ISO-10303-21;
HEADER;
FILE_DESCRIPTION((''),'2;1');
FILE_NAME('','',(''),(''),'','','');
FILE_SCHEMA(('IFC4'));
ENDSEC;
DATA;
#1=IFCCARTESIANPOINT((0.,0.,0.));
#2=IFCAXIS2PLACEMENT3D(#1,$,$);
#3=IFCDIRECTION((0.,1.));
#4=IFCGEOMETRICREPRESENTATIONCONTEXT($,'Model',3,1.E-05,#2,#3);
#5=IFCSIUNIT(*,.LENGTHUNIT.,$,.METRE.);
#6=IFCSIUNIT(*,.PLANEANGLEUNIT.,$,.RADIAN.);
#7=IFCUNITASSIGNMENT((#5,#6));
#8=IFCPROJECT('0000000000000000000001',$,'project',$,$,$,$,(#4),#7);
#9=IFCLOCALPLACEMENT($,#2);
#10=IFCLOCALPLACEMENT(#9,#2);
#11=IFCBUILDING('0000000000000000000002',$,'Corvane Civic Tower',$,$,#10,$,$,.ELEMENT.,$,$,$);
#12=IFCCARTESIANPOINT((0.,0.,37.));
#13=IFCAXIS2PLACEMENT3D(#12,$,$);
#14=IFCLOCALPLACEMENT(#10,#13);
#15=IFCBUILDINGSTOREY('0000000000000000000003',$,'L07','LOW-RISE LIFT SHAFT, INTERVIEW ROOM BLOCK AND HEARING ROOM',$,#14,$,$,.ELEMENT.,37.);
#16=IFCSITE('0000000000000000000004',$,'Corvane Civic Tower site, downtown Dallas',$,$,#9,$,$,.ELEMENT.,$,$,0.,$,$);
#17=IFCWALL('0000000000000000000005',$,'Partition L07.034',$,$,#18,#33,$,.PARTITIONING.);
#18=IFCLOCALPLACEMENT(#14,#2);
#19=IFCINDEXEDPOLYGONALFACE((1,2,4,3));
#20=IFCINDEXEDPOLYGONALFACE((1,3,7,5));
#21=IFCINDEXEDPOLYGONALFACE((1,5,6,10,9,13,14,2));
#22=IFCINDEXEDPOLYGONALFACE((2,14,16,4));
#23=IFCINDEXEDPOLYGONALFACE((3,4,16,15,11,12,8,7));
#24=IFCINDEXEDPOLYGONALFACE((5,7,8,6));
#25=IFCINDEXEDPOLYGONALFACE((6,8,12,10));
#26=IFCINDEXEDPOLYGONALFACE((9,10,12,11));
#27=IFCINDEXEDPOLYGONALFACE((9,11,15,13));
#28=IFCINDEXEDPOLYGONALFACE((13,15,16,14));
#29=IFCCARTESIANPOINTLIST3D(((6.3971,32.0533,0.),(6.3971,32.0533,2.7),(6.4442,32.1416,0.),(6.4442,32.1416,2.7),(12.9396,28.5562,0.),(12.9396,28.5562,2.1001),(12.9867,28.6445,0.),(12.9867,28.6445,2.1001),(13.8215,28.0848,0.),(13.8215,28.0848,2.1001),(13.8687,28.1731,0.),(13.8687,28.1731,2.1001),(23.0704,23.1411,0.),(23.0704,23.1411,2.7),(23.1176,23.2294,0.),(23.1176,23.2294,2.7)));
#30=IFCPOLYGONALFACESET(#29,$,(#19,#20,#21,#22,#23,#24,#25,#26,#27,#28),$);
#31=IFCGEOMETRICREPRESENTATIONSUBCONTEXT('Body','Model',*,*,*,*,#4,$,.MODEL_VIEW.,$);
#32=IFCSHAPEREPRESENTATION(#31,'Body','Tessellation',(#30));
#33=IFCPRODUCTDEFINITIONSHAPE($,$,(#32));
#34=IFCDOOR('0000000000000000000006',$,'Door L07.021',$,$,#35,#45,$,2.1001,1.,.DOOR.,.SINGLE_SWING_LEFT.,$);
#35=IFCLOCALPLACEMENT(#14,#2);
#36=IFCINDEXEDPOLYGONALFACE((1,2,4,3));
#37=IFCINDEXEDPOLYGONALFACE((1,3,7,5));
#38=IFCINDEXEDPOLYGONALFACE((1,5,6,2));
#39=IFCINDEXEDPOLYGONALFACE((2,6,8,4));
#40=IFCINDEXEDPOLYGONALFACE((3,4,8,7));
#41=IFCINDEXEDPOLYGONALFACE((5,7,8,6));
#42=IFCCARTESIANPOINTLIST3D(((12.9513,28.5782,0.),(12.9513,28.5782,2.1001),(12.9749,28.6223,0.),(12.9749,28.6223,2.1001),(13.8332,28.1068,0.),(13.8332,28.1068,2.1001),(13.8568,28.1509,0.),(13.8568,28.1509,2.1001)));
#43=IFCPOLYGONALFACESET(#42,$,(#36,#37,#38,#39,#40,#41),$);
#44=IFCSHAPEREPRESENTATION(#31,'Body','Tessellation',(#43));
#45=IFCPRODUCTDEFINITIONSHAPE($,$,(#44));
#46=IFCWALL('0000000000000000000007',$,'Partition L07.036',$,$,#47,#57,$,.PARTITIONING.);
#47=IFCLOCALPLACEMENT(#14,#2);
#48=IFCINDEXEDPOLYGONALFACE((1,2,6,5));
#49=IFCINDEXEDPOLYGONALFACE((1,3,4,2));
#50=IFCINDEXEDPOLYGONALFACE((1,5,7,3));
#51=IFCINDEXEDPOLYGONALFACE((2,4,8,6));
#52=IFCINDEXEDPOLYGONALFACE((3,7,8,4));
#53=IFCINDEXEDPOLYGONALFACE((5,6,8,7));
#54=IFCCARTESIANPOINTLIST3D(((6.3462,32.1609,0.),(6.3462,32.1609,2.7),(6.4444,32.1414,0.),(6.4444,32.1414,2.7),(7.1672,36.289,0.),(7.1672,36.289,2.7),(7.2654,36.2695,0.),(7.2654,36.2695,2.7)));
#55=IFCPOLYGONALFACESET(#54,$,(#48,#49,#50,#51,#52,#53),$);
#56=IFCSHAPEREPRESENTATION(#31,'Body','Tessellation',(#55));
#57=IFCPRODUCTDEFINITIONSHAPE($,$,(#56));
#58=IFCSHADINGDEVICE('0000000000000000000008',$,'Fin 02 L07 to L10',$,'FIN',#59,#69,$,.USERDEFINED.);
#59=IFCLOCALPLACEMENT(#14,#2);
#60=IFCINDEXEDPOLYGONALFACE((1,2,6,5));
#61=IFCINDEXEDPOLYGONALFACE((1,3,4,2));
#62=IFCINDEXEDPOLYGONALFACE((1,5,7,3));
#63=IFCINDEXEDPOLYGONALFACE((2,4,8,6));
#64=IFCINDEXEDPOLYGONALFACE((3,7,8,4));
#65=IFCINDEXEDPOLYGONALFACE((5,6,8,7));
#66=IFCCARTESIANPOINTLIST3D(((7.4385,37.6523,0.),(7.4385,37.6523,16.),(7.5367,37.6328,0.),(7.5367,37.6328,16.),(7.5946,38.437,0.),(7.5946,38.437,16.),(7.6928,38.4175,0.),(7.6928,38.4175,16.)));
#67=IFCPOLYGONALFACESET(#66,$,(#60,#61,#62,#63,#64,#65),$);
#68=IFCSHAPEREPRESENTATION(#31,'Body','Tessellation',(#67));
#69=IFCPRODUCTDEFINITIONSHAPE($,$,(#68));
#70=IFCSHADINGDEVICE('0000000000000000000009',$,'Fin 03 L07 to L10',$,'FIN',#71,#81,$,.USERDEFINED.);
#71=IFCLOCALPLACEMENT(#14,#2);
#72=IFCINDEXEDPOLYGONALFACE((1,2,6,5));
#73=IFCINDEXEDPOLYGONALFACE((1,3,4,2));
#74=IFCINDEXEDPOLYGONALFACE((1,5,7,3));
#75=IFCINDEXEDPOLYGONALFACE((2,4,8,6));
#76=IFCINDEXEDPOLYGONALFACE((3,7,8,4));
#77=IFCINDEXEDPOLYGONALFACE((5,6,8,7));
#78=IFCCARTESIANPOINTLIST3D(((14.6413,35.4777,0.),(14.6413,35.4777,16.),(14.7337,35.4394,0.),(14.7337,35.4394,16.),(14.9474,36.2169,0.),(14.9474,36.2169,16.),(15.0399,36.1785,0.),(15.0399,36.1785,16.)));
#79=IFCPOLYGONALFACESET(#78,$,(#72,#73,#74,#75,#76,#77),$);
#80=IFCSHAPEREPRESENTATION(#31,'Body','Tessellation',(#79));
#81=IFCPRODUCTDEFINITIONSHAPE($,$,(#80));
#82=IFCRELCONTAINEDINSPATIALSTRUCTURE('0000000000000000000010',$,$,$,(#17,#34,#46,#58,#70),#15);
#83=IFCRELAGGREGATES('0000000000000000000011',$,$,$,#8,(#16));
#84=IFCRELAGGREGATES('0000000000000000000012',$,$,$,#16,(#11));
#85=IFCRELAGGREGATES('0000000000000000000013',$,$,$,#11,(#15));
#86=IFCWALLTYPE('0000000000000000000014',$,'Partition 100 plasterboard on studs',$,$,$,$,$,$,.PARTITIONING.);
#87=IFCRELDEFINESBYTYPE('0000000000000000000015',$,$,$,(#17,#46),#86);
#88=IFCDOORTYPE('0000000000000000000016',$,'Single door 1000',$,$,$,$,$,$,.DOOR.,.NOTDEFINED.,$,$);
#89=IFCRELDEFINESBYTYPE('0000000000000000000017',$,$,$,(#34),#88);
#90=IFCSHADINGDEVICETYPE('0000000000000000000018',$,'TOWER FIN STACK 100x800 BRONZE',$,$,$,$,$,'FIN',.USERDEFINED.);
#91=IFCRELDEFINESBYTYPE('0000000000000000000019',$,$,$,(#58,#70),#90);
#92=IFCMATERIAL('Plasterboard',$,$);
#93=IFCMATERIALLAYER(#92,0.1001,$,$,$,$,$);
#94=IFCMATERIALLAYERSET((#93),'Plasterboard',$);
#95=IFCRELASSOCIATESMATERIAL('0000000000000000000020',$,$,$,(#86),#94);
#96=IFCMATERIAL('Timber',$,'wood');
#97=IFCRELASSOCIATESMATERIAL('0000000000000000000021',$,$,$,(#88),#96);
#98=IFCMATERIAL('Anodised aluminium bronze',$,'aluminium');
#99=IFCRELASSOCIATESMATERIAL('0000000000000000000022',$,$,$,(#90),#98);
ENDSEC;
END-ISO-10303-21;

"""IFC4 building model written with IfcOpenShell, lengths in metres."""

from ifc_helpers import new_model, si_unit, direction, frame, frame_2d, origin, origin_2d, place, context, subcontext, project, spatial, rectangle, extrude, material, layer, layer_set, material_profile, profile_set, type_object, element, fill, save


model = new_model("IFC4")

# Units and contexts
model_context = context("Model", 3, precision=1e-05, world=origin(), true_north=direction((0.0, 1.0)))
body_context = subcontext(model_context, "Body", "Model", "MODEL_VIEW")
ifc_project = project(units=[si_unit("LENGTHUNIT", "METRE"), si_unit("PLANEANGLEUNIT", "RADIAN")], contexts=[model_context])

# Site, building, storey
site_placement = place(None, origin())
site = spatial("IfcSite", under=ifc_project, at=site_placement, Name="Corvane Civic Tower site, downtown Dallas", CompositionType="ELEMENT", RefElevation=0.0)
building_placement = place(site_placement, origin())
building = spatial("IfcBuilding", under=site, at=building_placement, Name="Corvane Civic Tower", CompositionType="ELEMENT")
storey_placement = place(building_placement, frame((0.0, 0.0, 37.0)))
storey = spatial("IfcBuildingStorey", under=building, at=storey_placement, Name="L07", Description="LOW-RISE LIFT SHAFT, INTERVIEW ROOM BLOCK AND HEARING ROOM", CompositionType="ELEMENT", Elevation=37.0)

# Shared definitions
ifc_material_1 = material(Name="Plasterboard")
ifc_layer_1 = layer(ifc_material_1, 0.1001)
ifc_layer_set_1 = layer_set([ifc_layer_1], Name="Plasterboard")
wall_type_1 = type_object("IfcWallType", Name="Partition 100 plasterboard on studs", PredefinedType="PARTITIONING", material=ifc_layer_set_1)

# Wall, opening, door
wall_1_placement = place(storey_placement, frame((6.4207, 32.0974, 0.0), z_axis=(0.0, 0.0, 1.0), x_axis=(0.881921, -0.471398, 0.0)))
wall_1 = element("IfcWall", 1, at=wall_1_placement, inside=storey, type_object=wall_type_1, Name="Partition L07.034", PredefinedType="PARTITIONING", context=body_context, shape_type="SweptSolid", body=[
    extrude(rectangle(XDim=18.9058, YDim=0.1001, at=frame_2d((9.4529, 0.0))), origin(), (0.0, 0.0, 1.0), 2.7),
])
opening_placement = place(wall_1_placement, frame((7.4185, 0.0, 0.0)))
opening = element("IfcOpeningElement", 2, at=opening_placement, cuts=wall_1, PredefinedType="OPENING", context=body_context, shape_type="SweptSolid", body=[
    extrude(rectangle(XDim=1.0, YDim=2.1001, at=frame_2d((0.5, 1.05))), frame((0.0, 0.0601, 0.0), z_axis=(0.0, -1.0, 0.0), x_axis=(1.0, 0.0, 0.0)), (0.0, 0.0, 1.0), 0.1201),
])
ifc_material_2 = material(Name="Timber", Category="wood")
door_type = type_object("IfcDoorType", Name="Single door 1000", OperationType="NOTDEFINED", PredefinedType="DOOR", material=ifc_material_2)
door_placement = place(opening_placement, origin())
door = element("IfcDoor", 3, at=door_placement, inside=storey, type_object=door_type, Name="Door L07.021", OperationType="SINGLE_SWING_LEFT", OverallHeight=2.1001, OverallWidth=1.0, PredefinedType="DOOR", context=body_context, shape_type="SweptSolid", body=[
    extrude(rectangle(XDim=1.0, YDim=2.1001, at=frame_2d((0.5, 1.05))), frame((0.0, 0.0249, 0.0), z_axis=(0.0, -1.0, 0.0), x_axis=(1.0, 0.0, 0.0)), (0.0, 0.0, 1.0), 0.05),
])
fill(opening, door)

# Wall
wall_2_placement = place(storey_placement, frame((6.3953, 32.1511, 0.0), z_axis=(0.0, 0.0, 1.0), x_axis=(0.195067, 0.98079, 0.0)))
element("IfcWall", 4, at=wall_2_placement, inside=storey, type_object=wall_type_1, Name="Partition L07.036", PredefinedType="PARTITIONING", context=body_context, shape_type="SweptSolid", body=[
    extrude(rectangle(XDim=4.209, YDim=0.1001, at=frame_2d((2.1045, 0.0))), origin(), (0.0, 0.0, 1.0), 2.7),
])

# Shading devices
ifc_material_3 = material(Name="Anodised aluminium bronze", Category="aluminium")
ifc_material_profile_1 = material_profile(ifc_material_3, rectangle(XDim=0.1001, YDim=0.8, at=origin_2d()), Name="TOWER FIN STACK 100x800 BRONZE")
ifc_profile_set_1 = profile_set([ifc_material_profile_1], Name="Anodised aluminium bronze")
shading_device_type = type_object("IfcShadingDeviceType", Name="TOWER FIN STACK 100x800 BRONZE", ElementType="FIN", PredefinedType="USERDEFINED", material=ifc_profile_set_1)
for number, where, z_axis, x_axis, name in (
    (5, (7.5657, 38.0349, 0.0), (0.0, 0.0, 1.0), (0.980785, -0.19509, 0.0), "Fin 02 L07 to L10"),
    (6, (14.8406, 35.8281, 0.0), (0.0, 0.0, 1.0), (0.92388, -0.382683, 0.0), "Fin 03 L07 to L10"),
):
    element("IfcShadingDevice", number, at=place(storey_placement, frame(where, z_axis=z_axis, x_axis=x_axis)), inside=storey, type_object=shading_device_type, Name=name, ObjectType="FIN", PredefinedType="USERDEFINED", context=body_context, shape_type="SweptSolid", body=[
        extrude(rectangle(XDim=0.1001, YDim=0.8, at=origin_2d()), origin(), (0.0, 0.0, 1.0), 16.0),
    ])

save(model, "model.ifc")
